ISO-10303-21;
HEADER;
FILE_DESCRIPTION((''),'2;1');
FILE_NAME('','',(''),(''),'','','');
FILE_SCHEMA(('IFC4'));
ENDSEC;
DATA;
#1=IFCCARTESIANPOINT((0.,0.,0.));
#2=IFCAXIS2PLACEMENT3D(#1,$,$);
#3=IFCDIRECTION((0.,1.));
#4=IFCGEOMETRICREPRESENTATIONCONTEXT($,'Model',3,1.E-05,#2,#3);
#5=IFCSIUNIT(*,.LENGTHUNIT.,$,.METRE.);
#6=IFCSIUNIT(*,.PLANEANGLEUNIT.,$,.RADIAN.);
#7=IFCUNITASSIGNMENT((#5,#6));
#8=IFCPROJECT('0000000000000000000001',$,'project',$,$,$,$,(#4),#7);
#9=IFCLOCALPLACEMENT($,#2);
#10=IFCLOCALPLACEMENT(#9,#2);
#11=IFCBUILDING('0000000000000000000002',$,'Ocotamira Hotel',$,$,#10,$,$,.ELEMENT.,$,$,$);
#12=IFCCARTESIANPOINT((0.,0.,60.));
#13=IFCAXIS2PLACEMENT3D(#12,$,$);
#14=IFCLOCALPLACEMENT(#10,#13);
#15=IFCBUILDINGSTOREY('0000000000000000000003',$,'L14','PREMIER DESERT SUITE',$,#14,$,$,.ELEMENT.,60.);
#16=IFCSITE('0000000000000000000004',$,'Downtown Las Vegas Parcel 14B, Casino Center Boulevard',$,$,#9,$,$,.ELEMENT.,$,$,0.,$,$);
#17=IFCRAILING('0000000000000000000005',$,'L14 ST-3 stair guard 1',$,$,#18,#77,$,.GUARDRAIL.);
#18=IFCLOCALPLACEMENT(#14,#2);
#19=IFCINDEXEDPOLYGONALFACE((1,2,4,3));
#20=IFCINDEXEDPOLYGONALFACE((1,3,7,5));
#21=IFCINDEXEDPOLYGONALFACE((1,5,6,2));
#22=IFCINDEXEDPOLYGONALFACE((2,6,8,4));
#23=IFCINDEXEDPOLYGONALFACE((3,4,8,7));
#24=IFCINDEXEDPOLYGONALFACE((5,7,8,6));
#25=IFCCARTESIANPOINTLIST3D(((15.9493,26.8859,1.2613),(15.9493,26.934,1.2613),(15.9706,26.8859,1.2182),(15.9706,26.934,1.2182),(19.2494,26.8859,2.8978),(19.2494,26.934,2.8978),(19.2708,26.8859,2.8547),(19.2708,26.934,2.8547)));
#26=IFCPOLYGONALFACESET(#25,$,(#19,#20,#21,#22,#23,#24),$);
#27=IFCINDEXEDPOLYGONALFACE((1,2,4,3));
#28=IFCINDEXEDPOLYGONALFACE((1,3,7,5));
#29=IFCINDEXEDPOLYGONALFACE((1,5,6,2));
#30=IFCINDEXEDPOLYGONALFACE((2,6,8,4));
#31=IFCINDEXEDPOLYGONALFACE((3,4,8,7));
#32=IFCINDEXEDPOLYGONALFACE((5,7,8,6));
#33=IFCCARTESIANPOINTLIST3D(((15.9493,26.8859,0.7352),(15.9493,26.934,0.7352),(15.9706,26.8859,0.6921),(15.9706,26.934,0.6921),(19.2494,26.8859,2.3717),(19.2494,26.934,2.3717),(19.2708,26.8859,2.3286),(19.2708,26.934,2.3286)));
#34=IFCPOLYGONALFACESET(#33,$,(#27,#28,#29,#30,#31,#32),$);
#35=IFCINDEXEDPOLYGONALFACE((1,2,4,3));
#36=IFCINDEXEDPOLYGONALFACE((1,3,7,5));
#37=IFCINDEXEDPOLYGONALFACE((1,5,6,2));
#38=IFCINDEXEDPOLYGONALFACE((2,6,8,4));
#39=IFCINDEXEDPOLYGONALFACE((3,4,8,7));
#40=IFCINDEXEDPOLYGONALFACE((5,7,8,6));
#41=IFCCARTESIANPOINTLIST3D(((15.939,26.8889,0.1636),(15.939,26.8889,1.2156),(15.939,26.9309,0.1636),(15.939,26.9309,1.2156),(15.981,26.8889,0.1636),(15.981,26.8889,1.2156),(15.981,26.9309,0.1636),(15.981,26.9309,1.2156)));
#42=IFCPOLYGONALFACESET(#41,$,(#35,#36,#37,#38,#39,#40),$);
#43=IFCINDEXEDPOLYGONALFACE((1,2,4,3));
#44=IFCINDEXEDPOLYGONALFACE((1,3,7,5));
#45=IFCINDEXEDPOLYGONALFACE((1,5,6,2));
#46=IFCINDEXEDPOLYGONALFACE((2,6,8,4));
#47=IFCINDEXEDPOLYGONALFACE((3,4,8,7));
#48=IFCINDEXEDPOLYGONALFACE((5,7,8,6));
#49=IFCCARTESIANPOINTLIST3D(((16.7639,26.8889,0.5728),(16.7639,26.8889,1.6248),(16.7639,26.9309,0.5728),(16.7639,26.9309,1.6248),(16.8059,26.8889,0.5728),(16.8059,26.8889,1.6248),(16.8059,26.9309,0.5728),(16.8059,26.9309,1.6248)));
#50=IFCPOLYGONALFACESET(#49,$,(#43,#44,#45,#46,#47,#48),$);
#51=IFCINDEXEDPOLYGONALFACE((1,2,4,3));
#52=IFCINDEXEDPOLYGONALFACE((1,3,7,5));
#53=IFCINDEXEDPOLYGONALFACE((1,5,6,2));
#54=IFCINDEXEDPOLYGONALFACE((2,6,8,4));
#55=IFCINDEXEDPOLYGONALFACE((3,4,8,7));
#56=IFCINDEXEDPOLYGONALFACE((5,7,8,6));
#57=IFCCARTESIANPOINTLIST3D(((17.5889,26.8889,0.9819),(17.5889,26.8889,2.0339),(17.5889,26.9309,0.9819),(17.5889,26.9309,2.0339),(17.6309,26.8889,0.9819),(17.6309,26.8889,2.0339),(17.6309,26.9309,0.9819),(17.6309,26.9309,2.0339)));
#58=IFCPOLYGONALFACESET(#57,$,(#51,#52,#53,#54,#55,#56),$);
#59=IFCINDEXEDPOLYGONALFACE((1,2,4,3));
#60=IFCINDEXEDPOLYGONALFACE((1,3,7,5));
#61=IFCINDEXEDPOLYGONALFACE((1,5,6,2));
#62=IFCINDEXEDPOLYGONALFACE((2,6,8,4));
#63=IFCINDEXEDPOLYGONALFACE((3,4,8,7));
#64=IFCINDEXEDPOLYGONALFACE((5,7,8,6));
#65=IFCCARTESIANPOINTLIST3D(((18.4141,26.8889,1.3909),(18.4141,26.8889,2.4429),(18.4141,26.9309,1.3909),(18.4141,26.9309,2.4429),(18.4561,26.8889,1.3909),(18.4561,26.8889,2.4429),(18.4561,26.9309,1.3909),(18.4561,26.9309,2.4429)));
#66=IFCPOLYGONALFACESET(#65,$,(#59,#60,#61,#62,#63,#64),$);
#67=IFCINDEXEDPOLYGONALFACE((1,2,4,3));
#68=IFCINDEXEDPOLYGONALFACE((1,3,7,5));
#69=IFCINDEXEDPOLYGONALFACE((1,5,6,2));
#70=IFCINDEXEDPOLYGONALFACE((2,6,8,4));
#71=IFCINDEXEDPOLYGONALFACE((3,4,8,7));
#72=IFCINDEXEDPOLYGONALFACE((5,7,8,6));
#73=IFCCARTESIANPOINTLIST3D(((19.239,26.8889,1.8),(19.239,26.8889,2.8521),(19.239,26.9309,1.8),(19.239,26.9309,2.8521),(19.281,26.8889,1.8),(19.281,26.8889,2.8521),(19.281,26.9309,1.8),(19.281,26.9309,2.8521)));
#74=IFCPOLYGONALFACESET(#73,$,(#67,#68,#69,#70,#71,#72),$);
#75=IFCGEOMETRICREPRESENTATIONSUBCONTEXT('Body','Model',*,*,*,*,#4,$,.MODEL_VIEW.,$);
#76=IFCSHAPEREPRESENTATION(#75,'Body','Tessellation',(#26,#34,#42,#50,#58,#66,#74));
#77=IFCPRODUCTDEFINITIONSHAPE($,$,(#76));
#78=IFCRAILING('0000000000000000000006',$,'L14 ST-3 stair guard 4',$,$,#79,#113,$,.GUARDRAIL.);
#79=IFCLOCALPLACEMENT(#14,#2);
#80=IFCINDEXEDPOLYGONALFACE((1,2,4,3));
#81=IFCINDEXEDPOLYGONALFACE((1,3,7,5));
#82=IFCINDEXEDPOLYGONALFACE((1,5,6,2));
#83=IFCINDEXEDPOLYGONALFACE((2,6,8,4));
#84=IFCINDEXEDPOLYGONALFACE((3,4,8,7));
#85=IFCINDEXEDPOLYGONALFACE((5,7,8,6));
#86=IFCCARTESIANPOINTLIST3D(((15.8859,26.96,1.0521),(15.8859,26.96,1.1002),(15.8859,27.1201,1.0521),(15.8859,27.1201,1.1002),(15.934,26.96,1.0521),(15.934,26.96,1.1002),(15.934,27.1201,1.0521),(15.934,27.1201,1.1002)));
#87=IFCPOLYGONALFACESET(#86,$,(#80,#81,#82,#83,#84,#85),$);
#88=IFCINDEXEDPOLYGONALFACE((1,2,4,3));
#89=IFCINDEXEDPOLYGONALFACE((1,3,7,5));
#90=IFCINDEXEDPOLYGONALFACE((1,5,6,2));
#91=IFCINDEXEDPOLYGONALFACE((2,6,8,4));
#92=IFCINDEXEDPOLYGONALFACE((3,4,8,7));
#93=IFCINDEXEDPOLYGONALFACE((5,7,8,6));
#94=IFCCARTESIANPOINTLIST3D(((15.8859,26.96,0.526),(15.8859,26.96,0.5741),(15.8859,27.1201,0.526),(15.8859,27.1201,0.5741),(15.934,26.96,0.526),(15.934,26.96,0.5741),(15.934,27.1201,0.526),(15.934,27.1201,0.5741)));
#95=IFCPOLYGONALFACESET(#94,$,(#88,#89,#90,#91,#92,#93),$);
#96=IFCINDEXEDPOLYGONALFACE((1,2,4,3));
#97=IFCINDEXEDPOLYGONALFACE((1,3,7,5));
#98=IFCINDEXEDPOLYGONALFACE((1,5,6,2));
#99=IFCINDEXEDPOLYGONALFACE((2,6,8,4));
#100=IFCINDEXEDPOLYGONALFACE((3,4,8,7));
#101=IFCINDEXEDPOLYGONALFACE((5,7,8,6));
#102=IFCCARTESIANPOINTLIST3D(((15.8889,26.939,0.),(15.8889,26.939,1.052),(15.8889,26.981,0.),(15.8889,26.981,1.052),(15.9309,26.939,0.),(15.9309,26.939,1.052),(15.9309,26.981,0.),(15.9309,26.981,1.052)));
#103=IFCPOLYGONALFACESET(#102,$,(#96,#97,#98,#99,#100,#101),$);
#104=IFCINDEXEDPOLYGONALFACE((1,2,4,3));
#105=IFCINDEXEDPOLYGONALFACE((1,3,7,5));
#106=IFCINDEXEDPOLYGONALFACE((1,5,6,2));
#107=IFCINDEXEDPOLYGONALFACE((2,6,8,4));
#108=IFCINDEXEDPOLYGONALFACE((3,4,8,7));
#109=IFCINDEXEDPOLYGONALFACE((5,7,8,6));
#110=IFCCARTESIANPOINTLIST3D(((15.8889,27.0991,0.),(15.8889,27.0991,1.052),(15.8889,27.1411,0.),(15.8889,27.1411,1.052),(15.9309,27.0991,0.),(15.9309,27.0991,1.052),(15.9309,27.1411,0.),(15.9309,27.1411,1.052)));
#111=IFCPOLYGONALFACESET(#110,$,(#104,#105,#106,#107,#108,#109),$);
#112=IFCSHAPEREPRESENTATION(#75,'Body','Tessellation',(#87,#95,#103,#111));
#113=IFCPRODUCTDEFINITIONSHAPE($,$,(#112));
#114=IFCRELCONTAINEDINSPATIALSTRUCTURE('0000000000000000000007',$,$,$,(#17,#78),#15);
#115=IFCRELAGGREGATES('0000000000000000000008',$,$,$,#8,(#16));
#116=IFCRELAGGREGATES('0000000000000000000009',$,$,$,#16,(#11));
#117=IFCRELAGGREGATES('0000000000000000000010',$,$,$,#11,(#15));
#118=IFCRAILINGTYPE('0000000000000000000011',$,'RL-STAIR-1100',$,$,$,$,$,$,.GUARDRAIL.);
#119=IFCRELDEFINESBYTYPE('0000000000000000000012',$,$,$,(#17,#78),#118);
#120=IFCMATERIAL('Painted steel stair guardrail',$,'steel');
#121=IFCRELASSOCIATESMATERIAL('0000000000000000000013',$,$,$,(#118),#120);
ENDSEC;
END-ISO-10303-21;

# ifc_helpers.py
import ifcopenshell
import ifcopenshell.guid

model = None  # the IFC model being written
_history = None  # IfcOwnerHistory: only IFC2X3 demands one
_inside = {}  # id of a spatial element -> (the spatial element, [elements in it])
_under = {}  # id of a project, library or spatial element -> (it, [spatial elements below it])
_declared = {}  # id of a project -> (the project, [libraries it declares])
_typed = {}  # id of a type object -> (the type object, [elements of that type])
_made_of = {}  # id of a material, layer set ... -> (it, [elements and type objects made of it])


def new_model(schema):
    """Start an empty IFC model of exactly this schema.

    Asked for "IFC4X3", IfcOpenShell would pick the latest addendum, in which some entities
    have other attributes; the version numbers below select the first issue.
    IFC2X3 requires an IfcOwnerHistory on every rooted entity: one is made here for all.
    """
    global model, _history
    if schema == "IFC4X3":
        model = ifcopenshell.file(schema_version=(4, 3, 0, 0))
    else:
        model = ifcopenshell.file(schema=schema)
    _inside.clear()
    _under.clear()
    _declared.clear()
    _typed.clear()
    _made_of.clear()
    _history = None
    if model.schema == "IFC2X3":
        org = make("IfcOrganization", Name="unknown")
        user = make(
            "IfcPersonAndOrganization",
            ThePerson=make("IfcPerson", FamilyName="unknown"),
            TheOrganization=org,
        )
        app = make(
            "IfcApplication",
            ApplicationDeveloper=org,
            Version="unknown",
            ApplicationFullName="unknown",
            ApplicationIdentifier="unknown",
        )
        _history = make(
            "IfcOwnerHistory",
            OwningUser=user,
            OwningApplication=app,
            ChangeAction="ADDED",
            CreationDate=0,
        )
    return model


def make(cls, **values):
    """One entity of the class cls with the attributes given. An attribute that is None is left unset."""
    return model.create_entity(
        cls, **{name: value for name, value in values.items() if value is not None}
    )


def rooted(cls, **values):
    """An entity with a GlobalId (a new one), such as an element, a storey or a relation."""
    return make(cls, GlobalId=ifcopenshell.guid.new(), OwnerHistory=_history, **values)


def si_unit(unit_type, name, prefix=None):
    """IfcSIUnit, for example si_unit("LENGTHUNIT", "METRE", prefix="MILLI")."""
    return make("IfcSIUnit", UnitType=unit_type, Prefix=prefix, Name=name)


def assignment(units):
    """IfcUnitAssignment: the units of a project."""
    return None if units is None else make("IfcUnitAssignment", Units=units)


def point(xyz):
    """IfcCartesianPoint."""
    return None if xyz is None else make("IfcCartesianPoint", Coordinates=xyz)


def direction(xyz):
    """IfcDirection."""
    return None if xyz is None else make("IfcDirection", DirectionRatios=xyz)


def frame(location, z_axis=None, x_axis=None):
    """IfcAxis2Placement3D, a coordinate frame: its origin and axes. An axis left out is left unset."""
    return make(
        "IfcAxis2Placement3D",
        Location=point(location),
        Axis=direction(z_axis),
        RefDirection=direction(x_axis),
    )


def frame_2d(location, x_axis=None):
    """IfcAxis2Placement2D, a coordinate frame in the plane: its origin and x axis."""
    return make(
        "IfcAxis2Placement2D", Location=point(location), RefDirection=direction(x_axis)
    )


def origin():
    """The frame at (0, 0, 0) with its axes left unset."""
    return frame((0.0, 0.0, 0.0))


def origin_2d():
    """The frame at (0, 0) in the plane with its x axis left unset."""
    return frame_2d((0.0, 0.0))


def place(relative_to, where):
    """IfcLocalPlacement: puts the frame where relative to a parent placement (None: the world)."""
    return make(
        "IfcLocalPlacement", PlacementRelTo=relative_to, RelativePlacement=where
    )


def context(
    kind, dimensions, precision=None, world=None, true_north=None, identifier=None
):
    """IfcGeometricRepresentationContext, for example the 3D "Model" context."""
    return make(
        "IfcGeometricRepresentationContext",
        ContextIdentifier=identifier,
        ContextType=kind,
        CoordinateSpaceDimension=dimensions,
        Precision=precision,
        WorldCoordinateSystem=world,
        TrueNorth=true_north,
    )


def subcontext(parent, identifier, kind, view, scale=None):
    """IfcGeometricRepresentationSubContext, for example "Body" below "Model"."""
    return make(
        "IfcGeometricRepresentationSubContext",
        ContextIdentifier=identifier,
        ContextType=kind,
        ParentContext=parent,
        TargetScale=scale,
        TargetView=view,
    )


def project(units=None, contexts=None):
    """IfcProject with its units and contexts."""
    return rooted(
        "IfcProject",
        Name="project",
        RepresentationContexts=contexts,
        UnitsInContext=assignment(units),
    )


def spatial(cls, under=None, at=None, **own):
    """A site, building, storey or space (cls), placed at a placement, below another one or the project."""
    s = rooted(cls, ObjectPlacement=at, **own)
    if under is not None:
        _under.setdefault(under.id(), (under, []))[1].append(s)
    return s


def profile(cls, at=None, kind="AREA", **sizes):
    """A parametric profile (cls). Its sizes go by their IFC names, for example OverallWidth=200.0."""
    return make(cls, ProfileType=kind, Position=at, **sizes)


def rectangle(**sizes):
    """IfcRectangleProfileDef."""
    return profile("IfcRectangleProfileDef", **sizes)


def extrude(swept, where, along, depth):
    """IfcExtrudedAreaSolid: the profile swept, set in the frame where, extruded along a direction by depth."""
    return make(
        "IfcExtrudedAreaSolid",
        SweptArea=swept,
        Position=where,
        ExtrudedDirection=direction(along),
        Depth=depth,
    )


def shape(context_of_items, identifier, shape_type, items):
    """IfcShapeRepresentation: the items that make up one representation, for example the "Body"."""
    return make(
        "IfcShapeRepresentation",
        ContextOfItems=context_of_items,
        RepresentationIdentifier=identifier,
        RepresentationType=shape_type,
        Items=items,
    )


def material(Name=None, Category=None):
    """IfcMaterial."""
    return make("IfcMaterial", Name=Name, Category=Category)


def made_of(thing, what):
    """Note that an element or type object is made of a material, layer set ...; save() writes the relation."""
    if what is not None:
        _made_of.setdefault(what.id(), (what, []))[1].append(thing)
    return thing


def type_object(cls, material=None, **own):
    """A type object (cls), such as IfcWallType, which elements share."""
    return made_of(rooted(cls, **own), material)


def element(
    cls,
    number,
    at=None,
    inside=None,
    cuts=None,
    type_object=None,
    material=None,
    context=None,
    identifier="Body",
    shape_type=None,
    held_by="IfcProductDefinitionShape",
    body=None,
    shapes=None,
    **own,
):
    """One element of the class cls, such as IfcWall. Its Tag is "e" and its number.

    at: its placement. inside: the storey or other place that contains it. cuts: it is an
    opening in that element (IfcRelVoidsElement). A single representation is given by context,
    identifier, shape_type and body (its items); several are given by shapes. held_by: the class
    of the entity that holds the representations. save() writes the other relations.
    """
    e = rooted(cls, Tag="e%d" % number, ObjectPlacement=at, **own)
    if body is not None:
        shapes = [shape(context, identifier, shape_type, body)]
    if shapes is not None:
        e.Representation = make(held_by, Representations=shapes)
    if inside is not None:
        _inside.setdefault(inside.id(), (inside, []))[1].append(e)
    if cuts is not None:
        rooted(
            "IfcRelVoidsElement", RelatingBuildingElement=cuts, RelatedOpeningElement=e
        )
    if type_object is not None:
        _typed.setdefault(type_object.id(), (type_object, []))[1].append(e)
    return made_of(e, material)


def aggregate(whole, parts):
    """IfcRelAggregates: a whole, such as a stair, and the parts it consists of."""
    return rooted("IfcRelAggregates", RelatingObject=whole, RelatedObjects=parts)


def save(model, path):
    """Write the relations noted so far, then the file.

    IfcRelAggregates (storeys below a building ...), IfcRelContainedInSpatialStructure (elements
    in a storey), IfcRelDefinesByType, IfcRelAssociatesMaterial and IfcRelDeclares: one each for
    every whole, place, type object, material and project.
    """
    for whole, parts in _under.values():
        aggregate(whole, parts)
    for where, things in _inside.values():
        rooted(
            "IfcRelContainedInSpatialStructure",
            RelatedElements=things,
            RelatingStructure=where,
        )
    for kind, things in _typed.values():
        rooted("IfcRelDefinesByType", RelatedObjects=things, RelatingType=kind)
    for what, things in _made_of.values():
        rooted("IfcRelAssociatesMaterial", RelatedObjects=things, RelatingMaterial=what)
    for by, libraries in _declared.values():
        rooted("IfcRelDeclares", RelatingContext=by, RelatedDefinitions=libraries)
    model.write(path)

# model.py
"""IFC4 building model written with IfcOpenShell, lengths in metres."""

from ifc_helpers import new_model, si_unit, direction, frame, origin, origin_2d, place, context, subcontext, project, spatial, rectangle, extrude, material, type_object, element, save


model = new_model("IFC4")

# Units and contexts
model_context = context("Model", 3, precision=1e-05, world=origin(), true_north=direction((0.0, 1.0)))
body_context = subcontext(model_context, "Body", "Model", "MODEL_VIEW")
ifc_project = project(units=[si_unit("LENGTHUNIT", "METRE"), si_unit("PLANEANGLEUNIT", "RADIAN")], contexts=[model_context])

# Site, building, storey
site_placement = place(None, origin())
site = spatial("IfcSite", under=ifc_project, at=site_placement, Name="Downtown Las Vegas Parcel 14B, Casino Center Boulevard", CompositionType="ELEMENT", RefElevation=0.0)
building_placement = place(site_placement, origin())
building = spatial("IfcBuilding", under=site, at=building_placement, Name="Ocotamira Hotel", CompositionType="ELEMENT")
storey_placement = place(building_placement, frame((0.0, 0.0, 60.0)))
storey = spatial("IfcBuildingStorey", under=building, at=storey_placement, Name="L14", Description="PREMIER DESERT SUITE", CompositionType="ELEMENT", Elevation=60.0)

# Railings
ifc_material_1 = material(Name="Painted steel stair guardrail", Category="steel")
railing_type_1 = type_object("IfcRailingType", Name="RL-STAIR-1100", PredefinedType="GUARDRAIL", material=ifc_material_1)
railing_1_placement = place(storey_placement, frame((15.96, 26.9099, 0.1636)))
element("IfcRailing", 1, at=railing_1_placement, inside=storey, type_object=railing_type_1, Name="L14 ST-3 stair guard 1", PredefinedType="GUARDRAIL", context=body_context, shape_type="SweptSolid", body=[
    extrude(rectangle(XDim=0.0481, YDim=0.0481, at=origin_2d()), frame((0.0, 0.0, 1.0762), z_axis=(0.895894, 0.0, 0.444268), x_axis=(0.0, 1.0, 0.0)), (0.0, 0.0, 1.0), 3.6836),
    extrude(rectangle(XDim=0.0481, YDim=0.0481, at=origin_2d()), frame((0.0, 0.0, 0.55), z_axis=(0.895894, 0.0, 0.444268), x_axis=(0.0, 1.0, 0.0)), (0.0, 0.0, 1.0), 3.6836),
    extrude(rectangle(XDim=0.042, YDim=0.042, at=origin_2d()), origin(), (0.0, 0.0, 1.0), 1.052),
    extrude(rectangle(XDim=0.042, YDim=0.042, at=origin_2d()), frame((0.825, 0.0, 0.4092)), (0.0, 0.0, 1.0), 1.052),
    extrude(rectangle(XDim=0.042, YDim=0.042, at=origin_2d()), frame((1.6499, 0.0, 0.8184)), (0.0, 0.0, 1.0), 1.052),
    extrude(rectangle(XDim=0.042, YDim=0.042, at=origin_2d()), frame((2.4751, 0.0, 1.2273)), (0.0, 0.0, 1.0), 1.052),
    extrude(rectangle(XDim=0.042, YDim=0.042, at=origin_2d()), frame((3.3, 0.0, 1.6365)), (0.0, 0.0, 1.0), 1.052),
])
railing_2_placement = place(storey_placement, frame((15.9099, 26.96, 0.0)))
element("IfcRailing", 2, at=railing_2_placement, inside=storey, type_object=railing_type_1, Name="L14 ST-3 stair guard 4", PredefinedType="GUARDRAIL", context=body_context, shape_type="SweptSolid", body=[
    extrude(rectangle(XDim=0.0481, YDim=0.0481, at=origin_2d()), frame((0.0, 0.0, 1.0762), z_axis=(0.0, 1.0, 0.0), x_axis=(-1.0, 0.0, 0.0)), (0.0, 0.0, 1.0), 0.1602),
    extrude(rectangle(XDim=0.0481, YDim=0.0481, at=origin_2d()), frame((0.0, 0.0, 0.55), z_axis=(0.0, 1.0, 0.0), x_axis=(-1.0, 0.0, 0.0)), (0.0, 0.0, 1.0), 0.1602),
    extrude(rectangle(XDim=0.042, YDim=0.042, at=origin_2d()), origin(), (0.0, 0.0, 1.0), 1.052),
    extrude(rectangle(XDim=0.042, YDim=0.042, at=origin_2d()), frame((0.0, 0.1602, 0.0)), (0.0, 0.0, 1.0), 1.052),
])

save(model, "model.ifc")
